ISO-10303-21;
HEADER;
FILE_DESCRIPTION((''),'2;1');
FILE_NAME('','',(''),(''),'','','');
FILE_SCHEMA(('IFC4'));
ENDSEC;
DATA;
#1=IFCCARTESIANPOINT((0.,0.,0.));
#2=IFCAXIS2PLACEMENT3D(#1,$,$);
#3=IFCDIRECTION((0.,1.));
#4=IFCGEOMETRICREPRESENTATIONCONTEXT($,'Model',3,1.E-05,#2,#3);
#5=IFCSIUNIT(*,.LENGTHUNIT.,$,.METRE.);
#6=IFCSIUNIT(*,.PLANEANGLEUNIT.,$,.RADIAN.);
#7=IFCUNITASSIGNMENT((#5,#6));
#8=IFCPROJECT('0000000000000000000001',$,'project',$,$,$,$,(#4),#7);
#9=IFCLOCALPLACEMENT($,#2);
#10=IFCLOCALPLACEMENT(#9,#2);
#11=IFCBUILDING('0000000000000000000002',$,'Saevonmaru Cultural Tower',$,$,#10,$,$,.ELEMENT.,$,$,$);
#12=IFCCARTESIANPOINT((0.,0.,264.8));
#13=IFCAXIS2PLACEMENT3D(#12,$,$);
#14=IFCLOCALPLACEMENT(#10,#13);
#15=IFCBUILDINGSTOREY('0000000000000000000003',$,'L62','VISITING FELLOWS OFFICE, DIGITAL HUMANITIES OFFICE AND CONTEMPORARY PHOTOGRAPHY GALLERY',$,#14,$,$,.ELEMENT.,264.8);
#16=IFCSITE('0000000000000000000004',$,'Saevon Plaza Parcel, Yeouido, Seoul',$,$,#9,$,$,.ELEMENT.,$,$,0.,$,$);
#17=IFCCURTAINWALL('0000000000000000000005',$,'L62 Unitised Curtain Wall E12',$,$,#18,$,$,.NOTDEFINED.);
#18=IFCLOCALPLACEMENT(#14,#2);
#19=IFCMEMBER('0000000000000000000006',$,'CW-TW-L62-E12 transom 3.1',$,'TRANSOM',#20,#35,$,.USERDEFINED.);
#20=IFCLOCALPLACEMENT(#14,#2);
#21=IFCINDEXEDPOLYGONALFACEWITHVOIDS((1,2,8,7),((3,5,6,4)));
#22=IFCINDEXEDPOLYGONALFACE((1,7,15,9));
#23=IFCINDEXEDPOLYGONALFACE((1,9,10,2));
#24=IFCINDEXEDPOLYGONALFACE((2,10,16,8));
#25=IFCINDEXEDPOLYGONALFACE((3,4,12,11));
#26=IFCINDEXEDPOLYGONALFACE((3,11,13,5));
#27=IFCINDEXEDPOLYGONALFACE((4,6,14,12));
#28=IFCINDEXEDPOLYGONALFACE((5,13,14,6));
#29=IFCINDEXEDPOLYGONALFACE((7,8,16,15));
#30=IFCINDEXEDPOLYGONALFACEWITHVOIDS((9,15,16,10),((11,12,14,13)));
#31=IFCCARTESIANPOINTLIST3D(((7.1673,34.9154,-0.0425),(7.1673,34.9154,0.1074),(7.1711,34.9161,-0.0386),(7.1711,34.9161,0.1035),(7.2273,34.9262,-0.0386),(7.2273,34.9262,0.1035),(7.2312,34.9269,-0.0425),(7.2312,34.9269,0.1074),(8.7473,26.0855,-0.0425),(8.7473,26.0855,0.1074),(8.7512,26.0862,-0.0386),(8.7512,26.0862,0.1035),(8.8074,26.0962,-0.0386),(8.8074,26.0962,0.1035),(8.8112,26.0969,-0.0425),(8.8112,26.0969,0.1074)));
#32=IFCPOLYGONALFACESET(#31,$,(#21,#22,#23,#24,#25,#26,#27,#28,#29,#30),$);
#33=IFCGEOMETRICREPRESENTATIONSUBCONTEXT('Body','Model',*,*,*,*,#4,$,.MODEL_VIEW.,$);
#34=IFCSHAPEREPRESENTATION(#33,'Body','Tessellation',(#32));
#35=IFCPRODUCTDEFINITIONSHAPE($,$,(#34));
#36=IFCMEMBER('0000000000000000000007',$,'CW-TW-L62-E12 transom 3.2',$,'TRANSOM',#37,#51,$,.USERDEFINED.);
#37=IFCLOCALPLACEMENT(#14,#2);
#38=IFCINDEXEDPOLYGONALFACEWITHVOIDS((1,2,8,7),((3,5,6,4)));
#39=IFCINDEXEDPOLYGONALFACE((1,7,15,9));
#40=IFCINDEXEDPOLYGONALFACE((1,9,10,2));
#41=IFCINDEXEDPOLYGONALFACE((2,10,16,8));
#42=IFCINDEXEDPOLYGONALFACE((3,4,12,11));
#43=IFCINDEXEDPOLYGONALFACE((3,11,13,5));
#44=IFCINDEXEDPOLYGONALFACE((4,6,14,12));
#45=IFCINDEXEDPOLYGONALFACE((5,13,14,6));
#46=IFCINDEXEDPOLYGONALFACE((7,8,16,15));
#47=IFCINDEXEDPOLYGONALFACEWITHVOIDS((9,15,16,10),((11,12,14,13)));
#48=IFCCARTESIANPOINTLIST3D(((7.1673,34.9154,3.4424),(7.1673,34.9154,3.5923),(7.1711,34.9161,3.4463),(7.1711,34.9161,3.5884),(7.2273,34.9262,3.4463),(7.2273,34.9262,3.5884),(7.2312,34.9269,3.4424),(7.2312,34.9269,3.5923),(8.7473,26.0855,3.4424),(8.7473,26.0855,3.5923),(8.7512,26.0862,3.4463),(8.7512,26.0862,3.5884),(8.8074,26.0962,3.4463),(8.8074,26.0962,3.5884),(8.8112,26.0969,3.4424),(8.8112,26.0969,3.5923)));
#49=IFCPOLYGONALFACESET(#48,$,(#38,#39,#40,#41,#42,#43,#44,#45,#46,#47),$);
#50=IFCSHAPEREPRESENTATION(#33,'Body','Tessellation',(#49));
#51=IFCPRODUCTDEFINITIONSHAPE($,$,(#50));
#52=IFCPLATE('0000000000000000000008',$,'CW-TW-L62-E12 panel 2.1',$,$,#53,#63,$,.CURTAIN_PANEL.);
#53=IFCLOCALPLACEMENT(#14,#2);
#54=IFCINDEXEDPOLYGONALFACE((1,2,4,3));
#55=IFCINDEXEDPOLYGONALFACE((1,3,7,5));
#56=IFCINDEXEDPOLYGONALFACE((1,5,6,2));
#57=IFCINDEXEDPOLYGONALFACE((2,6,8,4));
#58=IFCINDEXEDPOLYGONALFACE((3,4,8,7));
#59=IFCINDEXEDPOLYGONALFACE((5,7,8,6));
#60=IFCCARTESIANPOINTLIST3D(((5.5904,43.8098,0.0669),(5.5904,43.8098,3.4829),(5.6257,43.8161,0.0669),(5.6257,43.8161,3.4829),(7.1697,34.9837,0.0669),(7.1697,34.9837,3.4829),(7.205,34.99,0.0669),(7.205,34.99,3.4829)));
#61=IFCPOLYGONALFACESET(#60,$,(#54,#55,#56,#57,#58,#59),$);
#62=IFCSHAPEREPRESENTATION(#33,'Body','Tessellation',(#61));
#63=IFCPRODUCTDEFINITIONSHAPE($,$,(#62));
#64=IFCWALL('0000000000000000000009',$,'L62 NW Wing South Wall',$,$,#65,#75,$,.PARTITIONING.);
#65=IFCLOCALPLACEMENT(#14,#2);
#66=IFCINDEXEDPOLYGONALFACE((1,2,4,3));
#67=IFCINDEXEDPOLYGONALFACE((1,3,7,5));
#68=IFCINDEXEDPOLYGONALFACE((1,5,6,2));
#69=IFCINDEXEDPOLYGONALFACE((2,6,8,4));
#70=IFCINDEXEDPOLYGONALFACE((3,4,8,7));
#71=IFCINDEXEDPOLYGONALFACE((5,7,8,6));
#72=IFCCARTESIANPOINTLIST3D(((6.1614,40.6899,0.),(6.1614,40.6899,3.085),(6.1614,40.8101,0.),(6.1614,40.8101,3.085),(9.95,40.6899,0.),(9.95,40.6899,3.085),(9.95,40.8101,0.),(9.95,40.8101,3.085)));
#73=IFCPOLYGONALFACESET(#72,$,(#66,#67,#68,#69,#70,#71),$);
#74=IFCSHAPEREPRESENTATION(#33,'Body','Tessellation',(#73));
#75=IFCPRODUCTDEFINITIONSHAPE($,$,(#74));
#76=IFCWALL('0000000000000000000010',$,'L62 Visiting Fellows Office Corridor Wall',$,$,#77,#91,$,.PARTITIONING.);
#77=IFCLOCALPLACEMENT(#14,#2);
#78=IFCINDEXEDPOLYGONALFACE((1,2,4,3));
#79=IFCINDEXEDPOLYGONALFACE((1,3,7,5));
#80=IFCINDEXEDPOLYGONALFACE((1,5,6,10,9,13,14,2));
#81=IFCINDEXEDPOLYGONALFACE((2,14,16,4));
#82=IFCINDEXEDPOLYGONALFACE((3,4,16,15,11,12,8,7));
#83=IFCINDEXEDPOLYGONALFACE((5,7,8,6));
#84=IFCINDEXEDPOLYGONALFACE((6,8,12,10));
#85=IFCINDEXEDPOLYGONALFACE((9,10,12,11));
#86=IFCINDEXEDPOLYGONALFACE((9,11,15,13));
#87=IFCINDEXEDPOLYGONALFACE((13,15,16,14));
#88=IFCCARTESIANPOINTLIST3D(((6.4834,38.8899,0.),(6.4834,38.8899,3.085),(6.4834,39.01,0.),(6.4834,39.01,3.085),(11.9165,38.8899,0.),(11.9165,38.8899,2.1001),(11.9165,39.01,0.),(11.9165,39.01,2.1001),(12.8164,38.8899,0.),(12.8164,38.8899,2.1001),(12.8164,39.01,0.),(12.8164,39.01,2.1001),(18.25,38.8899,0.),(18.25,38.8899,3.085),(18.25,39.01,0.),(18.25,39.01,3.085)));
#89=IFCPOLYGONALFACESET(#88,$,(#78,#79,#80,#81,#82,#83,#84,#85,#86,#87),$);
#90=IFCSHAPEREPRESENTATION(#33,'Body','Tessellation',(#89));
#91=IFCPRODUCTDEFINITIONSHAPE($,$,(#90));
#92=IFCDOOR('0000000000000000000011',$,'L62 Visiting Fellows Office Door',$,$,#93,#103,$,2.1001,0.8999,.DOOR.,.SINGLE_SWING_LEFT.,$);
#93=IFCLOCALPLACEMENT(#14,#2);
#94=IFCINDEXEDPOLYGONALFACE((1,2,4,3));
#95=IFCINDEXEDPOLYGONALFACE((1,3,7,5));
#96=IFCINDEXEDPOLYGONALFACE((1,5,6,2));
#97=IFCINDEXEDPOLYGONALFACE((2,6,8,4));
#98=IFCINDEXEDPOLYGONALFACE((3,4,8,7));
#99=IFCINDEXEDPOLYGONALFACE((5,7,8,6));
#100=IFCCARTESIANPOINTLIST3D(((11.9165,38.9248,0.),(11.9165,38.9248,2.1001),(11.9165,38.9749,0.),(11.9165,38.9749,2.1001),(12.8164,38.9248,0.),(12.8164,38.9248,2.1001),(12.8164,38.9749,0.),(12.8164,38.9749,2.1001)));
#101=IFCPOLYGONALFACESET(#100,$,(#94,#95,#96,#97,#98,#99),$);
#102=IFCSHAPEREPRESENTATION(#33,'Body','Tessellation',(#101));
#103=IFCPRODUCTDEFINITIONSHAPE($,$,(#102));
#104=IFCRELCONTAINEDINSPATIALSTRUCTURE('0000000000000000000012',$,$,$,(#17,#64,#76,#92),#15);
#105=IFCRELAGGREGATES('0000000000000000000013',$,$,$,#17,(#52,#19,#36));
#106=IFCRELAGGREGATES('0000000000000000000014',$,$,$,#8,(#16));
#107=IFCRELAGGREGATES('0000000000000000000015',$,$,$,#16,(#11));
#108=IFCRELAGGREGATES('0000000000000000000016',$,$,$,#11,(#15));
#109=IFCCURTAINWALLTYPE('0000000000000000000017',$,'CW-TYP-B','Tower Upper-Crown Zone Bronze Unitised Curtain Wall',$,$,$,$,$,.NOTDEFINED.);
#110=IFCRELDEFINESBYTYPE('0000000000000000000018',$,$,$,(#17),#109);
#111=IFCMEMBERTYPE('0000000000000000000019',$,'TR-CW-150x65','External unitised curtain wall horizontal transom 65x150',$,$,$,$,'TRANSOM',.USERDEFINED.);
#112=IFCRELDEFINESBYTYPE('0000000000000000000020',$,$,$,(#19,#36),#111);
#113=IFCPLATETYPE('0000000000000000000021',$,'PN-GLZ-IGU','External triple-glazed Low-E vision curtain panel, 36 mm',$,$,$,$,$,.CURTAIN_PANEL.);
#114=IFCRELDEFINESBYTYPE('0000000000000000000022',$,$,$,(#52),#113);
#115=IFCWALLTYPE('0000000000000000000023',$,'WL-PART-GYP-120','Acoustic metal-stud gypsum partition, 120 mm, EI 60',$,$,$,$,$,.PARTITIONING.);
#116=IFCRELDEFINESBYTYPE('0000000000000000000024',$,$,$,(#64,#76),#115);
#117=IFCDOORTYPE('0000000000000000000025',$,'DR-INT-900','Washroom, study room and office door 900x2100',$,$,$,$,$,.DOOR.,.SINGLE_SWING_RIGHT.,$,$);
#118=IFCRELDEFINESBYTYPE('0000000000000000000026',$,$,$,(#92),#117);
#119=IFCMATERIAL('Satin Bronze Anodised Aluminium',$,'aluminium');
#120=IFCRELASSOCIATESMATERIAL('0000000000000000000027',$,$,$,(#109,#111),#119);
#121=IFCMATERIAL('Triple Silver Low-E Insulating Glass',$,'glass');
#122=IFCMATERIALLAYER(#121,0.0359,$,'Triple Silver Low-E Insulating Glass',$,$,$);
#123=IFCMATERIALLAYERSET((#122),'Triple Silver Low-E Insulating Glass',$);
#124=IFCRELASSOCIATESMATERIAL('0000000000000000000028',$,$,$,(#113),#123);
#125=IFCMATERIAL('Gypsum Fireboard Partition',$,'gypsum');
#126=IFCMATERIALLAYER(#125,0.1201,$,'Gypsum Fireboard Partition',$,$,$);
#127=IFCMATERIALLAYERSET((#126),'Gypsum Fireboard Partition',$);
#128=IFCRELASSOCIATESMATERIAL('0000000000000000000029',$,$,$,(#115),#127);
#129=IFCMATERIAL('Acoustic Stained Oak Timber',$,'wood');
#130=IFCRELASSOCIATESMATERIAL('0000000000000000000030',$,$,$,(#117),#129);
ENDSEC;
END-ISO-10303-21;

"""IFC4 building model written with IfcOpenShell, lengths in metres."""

from ifc_helpers import new_model, si_unit, direction, frame, frame_2d, origin, origin_2d, place, context, subcontext, project, spatial, rectangle, hollow_rectangle, extrude, material, layer, layer_set, material_profile, profile_set, type_object, element, fill, aggregate, save


model = new_model("IFC4")

# Units and contexts
model_context = context("Model", 3, precision=1e-05, world=origin(), true_north=direction((0.0, 1.0)))
body_context = subcontext(model_context, "Body", "Model", "MODEL_VIEW")
ifc_project = project(units=[si_unit("LENGTHUNIT", "METRE"), si_unit("PLANEANGLEUNIT", "RADIAN")], contexts=[model_context])

# Site, building, storey
site_placement = place(None, origin())
site = spatial("IfcSite", under=ifc_project, at=site_placement, Name="Saevon Plaza Parcel, Yeouido, Seoul", CompositionType="ELEMENT", RefElevation=0.0)
building_placement = place(site_placement, origin())
building = spatial("IfcBuilding", under=site, at=building_placement, Name="Saevonmaru Cultural Tower", CompositionType="ELEMENT")
storey_placement = place(building_placement, frame((0.0, 0.0, 264.8)))
storey = spatial("IfcBuildingStorey", under=building, at=storey_placement, Name="L62", Description="VISITING FELLOWS OFFICE, DIGITAL HUMANITIES OFFICE AND CONTEMPORARY PHOTOGRAPHY GALLERY", CompositionType="ELEMENT", Elevation=264.8)

# Curtain wall, members, plate
ifc_material_1 = material(Name="Satin Bronze Anodised Aluminium", Category="aluminium")
curtain_wall_type = type_object("IfcCurtainWallType", Name="CW-TYP-B", Description="Tower Upper-Crown Zone Bronze Unitised Curtain Wall", PredefinedType="NOTDEFINED", material=ifc_material_1)
curtain_wall_placement = place(storey_placement, origin())
curtain_wall = element("IfcCurtainWall", 1, at=curtain_wall_placement, inside=storey, type_object=curtain_wall_type, Name="L62 Unitised Curtain Wall E12", PredefinedType="NOTDEFINED")
ifc_material_profile_1 = material_profile(ifc_material_1, hollow_rectangle(XDim=0.0649, YDim=0.1499, WallThickness=0.0039, at=origin_2d()), Name="ALU-TRAN-150x65x4")
ifc_profile_set_1 = profile_set([ifc_material_profile_1], Name="Satin Bronze Anodised Aluminium")
member_type_1 = type_object("IfcMemberType", Name="TR-CW-150x65", Description="External unitised curtain wall horizontal transom 65x150", ElementType="TRANSOM", PredefinedType="USERDEFINED", material=ifc_profile_set_1)
member_1_placement = place(storey_placement, frame((7.1992, 34.9211, 0.0325), z_axis=(0.176145, -0.984364, 0.0), x_axis=(0.984364, 0.176145, 0.0)))
member_1 = element("IfcMember", 2, at=member_1_placement, type_object=member_type_1, Name="CW-TW-L62-E12 transom 3.1", ObjectType="TRANSOM", PredefinedType="USERDEFINED", context=body_context, shape_type="SweptSolid", body=[
    extrude(hollow_rectangle(XDim=0.0649, YDim=0.1499, WallThickness=0.0039, at=origin_2d()), origin(), (0.0, 0.0, 1.0), 8.9702),
])
member_2_placement = place(storey_placement, frame((7.1992, 34.9211, 3.5173), z_axis=(0.176145, -0.984364, 0.0), x_axis=(0.984364, 0.176145, 0.0)))
member_2 = element("IfcMember", 3, at=member_2_placement, type_object=member_type_1, Name="CW-TW-L62-E12 transom 3.2", ObjectType="TRANSOM", PredefinedType="USERDEFINED", context=body_context, shape_type="SweptSolid", body=[
    extrude(hollow_rectangle(XDim=0.0649, YDim=0.1499, WallThickness=0.0039, at=origin_2d()), origin(), (0.0, 0.0, 1.0), 8.9702),
])
ifc_material_2 = material(Name="Triple Silver Low-E Insulating Glass", Category="glass")
ifc_layer_1 = layer(ifc_material_2, 0.0359, Name="Triple Silver Low-E Insulating Glass")
ifc_layer_set_1 = layer_set([ifc_layer_1], Name="Triple Silver Low-E Insulating Glass")
plate_type = type_object("IfcPlateType", Name="PN-GLZ-IGU", Description="External triple-glazed Low-E vision curtain panel, 36 mm", PredefinedType="CURTAIN_PANEL", material=ifc_layer_set_1)
plate_placement = place(storey_placement, frame((6.3977, 39.3999, 0.0669), z_axis=(0.0, 0.0, 1.0), x_axis=(0.176141, -0.984365, 0.0)))
plate = element("IfcPlate", 4, at=plate_placement, type_object=plate_type, Name="CW-TW-L62-E12 panel 2.1", PredefinedType="CURTAIN_PANEL", context=body_context, shape_type="SweptSolid", body=[
    extrude(rectangle(XDim=8.9663, YDim=0.0359, at=origin_2d()), origin(), (0.0, 0.0, 1.0), 3.416),
])
aggregate(curtain_wall, [plate, member_1, member_2])

# Wall
ifc_material_3 = material(Name="Gypsum Fireboard Partition", Category="gypsum")
ifc_layer_2 = layer(ifc_material_3, 0.1201, Name="Gypsum Fireboard Partition")
ifc_layer_set_2 = layer_set([ifc_layer_2], Name="Gypsum Fireboard Partition")
wall_type_1 = type_object("IfcWallType", Name="WL-PART-GYP-120", Description="Acoustic metal-stud gypsum partition, 120 mm, EI 60", PredefinedType="PARTITIONING", material=ifc_layer_set_2)
wall_1_placement = place(storey_placement, frame((6.1614, 40.75, 0.0), z_axis=(0.0, 0.0, 1.0), x_axis=(1.0, 0.0, 0.0)))
element("IfcWall", 5, at=wall_1_placement, inside=storey, type_object=wall_type_1, Name="L62 NW Wing South Wall", PredefinedType="PARTITIONING", context=body_context, shape_type="SweptSolid", body=[
    extrude(rectangle(XDim=3.7886, YDim=0.1201, at=frame_2d((1.8943, 0.0))), origin(), (0.0, 0.0, 1.0), 3.085),
])

# Wall, opening, door
wall_2_placement = place(storey_placement, frame((6.4834, 38.95, 0.0), z_axis=(0.0, 0.0, 1.0), x_axis=(1.0, 0.0, 0.0)))
wall_2 = element("IfcWall", 6, at=wall_2_placement, inside=storey, type_object=wall_type_1, Name="L62 Visiting Fellows Office Corridor Wall", PredefinedType="PARTITIONING", context=body_context, shape_type="SweptSolid", body=[
    extrude(rectangle(XDim=11.7666, YDim=0.1201, at=frame_2d((5.8833, 0.0))), origin(), (0.0, 0.0, 1.0), 3.085),
])
opening_1_placement = place(wall_2_placement, frame((5.4331, 0.0, 0.0)))
opening_1 = element("IfcOpeningElement", 7, at=opening_1_placement, cuts=wall_2, PredefinedType="OPENING", context=body_context, shape_type="SweptSolid", body=[
    extrude(rectangle(XDim=0.8999, YDim=2.1001, at=frame_2d((0.45, 1.05))), frame((0.0, 0.0701, 0.0), z_axis=(0.0, -1.0, 0.0), x_axis=(1.0, 0.0, 0.0)), (0.0, 0.0, 1.0), 0.1401),
])
ifc_material_4 = material(Name="Acoustic Stained Oak Timber", Category="wood")
door_type_1 = type_object("IfcDoorType", Name="DR-INT-900", Description="Washroom, study room and office door 900x2100", OperationType="SINGLE_SWING_RIGHT", PredefinedType="DOOR", material=ifc_material_4)
door_1_placement = place(opening_1_placement, origin())
door_1 = element("IfcDoor", 8, at=door_1_placement, inside=storey, type_object=door_type_1, Name="L62 Visiting Fellows Office Door", OperationType="SINGLE_SWING_LEFT", OverallHeight=2.1001, OverallWidth=0.8999, PredefinedType="DOOR", context=body_context, shape_type="SweptSolid", body=[
    extrude(rectangle(XDim=0.8999, YDim=2.1001, at=frame_2d((0.45, 1.05))), frame((0.0, 0.0249, 0.0), z_axis=(0.0, -1.0, 0.0), x_axis=(1.0, 0.0, 0.0)), (0.0, 0.0, 1.0), 0.05),
])
fill(opening_1, door_1)

save(model, "model.ifc")
